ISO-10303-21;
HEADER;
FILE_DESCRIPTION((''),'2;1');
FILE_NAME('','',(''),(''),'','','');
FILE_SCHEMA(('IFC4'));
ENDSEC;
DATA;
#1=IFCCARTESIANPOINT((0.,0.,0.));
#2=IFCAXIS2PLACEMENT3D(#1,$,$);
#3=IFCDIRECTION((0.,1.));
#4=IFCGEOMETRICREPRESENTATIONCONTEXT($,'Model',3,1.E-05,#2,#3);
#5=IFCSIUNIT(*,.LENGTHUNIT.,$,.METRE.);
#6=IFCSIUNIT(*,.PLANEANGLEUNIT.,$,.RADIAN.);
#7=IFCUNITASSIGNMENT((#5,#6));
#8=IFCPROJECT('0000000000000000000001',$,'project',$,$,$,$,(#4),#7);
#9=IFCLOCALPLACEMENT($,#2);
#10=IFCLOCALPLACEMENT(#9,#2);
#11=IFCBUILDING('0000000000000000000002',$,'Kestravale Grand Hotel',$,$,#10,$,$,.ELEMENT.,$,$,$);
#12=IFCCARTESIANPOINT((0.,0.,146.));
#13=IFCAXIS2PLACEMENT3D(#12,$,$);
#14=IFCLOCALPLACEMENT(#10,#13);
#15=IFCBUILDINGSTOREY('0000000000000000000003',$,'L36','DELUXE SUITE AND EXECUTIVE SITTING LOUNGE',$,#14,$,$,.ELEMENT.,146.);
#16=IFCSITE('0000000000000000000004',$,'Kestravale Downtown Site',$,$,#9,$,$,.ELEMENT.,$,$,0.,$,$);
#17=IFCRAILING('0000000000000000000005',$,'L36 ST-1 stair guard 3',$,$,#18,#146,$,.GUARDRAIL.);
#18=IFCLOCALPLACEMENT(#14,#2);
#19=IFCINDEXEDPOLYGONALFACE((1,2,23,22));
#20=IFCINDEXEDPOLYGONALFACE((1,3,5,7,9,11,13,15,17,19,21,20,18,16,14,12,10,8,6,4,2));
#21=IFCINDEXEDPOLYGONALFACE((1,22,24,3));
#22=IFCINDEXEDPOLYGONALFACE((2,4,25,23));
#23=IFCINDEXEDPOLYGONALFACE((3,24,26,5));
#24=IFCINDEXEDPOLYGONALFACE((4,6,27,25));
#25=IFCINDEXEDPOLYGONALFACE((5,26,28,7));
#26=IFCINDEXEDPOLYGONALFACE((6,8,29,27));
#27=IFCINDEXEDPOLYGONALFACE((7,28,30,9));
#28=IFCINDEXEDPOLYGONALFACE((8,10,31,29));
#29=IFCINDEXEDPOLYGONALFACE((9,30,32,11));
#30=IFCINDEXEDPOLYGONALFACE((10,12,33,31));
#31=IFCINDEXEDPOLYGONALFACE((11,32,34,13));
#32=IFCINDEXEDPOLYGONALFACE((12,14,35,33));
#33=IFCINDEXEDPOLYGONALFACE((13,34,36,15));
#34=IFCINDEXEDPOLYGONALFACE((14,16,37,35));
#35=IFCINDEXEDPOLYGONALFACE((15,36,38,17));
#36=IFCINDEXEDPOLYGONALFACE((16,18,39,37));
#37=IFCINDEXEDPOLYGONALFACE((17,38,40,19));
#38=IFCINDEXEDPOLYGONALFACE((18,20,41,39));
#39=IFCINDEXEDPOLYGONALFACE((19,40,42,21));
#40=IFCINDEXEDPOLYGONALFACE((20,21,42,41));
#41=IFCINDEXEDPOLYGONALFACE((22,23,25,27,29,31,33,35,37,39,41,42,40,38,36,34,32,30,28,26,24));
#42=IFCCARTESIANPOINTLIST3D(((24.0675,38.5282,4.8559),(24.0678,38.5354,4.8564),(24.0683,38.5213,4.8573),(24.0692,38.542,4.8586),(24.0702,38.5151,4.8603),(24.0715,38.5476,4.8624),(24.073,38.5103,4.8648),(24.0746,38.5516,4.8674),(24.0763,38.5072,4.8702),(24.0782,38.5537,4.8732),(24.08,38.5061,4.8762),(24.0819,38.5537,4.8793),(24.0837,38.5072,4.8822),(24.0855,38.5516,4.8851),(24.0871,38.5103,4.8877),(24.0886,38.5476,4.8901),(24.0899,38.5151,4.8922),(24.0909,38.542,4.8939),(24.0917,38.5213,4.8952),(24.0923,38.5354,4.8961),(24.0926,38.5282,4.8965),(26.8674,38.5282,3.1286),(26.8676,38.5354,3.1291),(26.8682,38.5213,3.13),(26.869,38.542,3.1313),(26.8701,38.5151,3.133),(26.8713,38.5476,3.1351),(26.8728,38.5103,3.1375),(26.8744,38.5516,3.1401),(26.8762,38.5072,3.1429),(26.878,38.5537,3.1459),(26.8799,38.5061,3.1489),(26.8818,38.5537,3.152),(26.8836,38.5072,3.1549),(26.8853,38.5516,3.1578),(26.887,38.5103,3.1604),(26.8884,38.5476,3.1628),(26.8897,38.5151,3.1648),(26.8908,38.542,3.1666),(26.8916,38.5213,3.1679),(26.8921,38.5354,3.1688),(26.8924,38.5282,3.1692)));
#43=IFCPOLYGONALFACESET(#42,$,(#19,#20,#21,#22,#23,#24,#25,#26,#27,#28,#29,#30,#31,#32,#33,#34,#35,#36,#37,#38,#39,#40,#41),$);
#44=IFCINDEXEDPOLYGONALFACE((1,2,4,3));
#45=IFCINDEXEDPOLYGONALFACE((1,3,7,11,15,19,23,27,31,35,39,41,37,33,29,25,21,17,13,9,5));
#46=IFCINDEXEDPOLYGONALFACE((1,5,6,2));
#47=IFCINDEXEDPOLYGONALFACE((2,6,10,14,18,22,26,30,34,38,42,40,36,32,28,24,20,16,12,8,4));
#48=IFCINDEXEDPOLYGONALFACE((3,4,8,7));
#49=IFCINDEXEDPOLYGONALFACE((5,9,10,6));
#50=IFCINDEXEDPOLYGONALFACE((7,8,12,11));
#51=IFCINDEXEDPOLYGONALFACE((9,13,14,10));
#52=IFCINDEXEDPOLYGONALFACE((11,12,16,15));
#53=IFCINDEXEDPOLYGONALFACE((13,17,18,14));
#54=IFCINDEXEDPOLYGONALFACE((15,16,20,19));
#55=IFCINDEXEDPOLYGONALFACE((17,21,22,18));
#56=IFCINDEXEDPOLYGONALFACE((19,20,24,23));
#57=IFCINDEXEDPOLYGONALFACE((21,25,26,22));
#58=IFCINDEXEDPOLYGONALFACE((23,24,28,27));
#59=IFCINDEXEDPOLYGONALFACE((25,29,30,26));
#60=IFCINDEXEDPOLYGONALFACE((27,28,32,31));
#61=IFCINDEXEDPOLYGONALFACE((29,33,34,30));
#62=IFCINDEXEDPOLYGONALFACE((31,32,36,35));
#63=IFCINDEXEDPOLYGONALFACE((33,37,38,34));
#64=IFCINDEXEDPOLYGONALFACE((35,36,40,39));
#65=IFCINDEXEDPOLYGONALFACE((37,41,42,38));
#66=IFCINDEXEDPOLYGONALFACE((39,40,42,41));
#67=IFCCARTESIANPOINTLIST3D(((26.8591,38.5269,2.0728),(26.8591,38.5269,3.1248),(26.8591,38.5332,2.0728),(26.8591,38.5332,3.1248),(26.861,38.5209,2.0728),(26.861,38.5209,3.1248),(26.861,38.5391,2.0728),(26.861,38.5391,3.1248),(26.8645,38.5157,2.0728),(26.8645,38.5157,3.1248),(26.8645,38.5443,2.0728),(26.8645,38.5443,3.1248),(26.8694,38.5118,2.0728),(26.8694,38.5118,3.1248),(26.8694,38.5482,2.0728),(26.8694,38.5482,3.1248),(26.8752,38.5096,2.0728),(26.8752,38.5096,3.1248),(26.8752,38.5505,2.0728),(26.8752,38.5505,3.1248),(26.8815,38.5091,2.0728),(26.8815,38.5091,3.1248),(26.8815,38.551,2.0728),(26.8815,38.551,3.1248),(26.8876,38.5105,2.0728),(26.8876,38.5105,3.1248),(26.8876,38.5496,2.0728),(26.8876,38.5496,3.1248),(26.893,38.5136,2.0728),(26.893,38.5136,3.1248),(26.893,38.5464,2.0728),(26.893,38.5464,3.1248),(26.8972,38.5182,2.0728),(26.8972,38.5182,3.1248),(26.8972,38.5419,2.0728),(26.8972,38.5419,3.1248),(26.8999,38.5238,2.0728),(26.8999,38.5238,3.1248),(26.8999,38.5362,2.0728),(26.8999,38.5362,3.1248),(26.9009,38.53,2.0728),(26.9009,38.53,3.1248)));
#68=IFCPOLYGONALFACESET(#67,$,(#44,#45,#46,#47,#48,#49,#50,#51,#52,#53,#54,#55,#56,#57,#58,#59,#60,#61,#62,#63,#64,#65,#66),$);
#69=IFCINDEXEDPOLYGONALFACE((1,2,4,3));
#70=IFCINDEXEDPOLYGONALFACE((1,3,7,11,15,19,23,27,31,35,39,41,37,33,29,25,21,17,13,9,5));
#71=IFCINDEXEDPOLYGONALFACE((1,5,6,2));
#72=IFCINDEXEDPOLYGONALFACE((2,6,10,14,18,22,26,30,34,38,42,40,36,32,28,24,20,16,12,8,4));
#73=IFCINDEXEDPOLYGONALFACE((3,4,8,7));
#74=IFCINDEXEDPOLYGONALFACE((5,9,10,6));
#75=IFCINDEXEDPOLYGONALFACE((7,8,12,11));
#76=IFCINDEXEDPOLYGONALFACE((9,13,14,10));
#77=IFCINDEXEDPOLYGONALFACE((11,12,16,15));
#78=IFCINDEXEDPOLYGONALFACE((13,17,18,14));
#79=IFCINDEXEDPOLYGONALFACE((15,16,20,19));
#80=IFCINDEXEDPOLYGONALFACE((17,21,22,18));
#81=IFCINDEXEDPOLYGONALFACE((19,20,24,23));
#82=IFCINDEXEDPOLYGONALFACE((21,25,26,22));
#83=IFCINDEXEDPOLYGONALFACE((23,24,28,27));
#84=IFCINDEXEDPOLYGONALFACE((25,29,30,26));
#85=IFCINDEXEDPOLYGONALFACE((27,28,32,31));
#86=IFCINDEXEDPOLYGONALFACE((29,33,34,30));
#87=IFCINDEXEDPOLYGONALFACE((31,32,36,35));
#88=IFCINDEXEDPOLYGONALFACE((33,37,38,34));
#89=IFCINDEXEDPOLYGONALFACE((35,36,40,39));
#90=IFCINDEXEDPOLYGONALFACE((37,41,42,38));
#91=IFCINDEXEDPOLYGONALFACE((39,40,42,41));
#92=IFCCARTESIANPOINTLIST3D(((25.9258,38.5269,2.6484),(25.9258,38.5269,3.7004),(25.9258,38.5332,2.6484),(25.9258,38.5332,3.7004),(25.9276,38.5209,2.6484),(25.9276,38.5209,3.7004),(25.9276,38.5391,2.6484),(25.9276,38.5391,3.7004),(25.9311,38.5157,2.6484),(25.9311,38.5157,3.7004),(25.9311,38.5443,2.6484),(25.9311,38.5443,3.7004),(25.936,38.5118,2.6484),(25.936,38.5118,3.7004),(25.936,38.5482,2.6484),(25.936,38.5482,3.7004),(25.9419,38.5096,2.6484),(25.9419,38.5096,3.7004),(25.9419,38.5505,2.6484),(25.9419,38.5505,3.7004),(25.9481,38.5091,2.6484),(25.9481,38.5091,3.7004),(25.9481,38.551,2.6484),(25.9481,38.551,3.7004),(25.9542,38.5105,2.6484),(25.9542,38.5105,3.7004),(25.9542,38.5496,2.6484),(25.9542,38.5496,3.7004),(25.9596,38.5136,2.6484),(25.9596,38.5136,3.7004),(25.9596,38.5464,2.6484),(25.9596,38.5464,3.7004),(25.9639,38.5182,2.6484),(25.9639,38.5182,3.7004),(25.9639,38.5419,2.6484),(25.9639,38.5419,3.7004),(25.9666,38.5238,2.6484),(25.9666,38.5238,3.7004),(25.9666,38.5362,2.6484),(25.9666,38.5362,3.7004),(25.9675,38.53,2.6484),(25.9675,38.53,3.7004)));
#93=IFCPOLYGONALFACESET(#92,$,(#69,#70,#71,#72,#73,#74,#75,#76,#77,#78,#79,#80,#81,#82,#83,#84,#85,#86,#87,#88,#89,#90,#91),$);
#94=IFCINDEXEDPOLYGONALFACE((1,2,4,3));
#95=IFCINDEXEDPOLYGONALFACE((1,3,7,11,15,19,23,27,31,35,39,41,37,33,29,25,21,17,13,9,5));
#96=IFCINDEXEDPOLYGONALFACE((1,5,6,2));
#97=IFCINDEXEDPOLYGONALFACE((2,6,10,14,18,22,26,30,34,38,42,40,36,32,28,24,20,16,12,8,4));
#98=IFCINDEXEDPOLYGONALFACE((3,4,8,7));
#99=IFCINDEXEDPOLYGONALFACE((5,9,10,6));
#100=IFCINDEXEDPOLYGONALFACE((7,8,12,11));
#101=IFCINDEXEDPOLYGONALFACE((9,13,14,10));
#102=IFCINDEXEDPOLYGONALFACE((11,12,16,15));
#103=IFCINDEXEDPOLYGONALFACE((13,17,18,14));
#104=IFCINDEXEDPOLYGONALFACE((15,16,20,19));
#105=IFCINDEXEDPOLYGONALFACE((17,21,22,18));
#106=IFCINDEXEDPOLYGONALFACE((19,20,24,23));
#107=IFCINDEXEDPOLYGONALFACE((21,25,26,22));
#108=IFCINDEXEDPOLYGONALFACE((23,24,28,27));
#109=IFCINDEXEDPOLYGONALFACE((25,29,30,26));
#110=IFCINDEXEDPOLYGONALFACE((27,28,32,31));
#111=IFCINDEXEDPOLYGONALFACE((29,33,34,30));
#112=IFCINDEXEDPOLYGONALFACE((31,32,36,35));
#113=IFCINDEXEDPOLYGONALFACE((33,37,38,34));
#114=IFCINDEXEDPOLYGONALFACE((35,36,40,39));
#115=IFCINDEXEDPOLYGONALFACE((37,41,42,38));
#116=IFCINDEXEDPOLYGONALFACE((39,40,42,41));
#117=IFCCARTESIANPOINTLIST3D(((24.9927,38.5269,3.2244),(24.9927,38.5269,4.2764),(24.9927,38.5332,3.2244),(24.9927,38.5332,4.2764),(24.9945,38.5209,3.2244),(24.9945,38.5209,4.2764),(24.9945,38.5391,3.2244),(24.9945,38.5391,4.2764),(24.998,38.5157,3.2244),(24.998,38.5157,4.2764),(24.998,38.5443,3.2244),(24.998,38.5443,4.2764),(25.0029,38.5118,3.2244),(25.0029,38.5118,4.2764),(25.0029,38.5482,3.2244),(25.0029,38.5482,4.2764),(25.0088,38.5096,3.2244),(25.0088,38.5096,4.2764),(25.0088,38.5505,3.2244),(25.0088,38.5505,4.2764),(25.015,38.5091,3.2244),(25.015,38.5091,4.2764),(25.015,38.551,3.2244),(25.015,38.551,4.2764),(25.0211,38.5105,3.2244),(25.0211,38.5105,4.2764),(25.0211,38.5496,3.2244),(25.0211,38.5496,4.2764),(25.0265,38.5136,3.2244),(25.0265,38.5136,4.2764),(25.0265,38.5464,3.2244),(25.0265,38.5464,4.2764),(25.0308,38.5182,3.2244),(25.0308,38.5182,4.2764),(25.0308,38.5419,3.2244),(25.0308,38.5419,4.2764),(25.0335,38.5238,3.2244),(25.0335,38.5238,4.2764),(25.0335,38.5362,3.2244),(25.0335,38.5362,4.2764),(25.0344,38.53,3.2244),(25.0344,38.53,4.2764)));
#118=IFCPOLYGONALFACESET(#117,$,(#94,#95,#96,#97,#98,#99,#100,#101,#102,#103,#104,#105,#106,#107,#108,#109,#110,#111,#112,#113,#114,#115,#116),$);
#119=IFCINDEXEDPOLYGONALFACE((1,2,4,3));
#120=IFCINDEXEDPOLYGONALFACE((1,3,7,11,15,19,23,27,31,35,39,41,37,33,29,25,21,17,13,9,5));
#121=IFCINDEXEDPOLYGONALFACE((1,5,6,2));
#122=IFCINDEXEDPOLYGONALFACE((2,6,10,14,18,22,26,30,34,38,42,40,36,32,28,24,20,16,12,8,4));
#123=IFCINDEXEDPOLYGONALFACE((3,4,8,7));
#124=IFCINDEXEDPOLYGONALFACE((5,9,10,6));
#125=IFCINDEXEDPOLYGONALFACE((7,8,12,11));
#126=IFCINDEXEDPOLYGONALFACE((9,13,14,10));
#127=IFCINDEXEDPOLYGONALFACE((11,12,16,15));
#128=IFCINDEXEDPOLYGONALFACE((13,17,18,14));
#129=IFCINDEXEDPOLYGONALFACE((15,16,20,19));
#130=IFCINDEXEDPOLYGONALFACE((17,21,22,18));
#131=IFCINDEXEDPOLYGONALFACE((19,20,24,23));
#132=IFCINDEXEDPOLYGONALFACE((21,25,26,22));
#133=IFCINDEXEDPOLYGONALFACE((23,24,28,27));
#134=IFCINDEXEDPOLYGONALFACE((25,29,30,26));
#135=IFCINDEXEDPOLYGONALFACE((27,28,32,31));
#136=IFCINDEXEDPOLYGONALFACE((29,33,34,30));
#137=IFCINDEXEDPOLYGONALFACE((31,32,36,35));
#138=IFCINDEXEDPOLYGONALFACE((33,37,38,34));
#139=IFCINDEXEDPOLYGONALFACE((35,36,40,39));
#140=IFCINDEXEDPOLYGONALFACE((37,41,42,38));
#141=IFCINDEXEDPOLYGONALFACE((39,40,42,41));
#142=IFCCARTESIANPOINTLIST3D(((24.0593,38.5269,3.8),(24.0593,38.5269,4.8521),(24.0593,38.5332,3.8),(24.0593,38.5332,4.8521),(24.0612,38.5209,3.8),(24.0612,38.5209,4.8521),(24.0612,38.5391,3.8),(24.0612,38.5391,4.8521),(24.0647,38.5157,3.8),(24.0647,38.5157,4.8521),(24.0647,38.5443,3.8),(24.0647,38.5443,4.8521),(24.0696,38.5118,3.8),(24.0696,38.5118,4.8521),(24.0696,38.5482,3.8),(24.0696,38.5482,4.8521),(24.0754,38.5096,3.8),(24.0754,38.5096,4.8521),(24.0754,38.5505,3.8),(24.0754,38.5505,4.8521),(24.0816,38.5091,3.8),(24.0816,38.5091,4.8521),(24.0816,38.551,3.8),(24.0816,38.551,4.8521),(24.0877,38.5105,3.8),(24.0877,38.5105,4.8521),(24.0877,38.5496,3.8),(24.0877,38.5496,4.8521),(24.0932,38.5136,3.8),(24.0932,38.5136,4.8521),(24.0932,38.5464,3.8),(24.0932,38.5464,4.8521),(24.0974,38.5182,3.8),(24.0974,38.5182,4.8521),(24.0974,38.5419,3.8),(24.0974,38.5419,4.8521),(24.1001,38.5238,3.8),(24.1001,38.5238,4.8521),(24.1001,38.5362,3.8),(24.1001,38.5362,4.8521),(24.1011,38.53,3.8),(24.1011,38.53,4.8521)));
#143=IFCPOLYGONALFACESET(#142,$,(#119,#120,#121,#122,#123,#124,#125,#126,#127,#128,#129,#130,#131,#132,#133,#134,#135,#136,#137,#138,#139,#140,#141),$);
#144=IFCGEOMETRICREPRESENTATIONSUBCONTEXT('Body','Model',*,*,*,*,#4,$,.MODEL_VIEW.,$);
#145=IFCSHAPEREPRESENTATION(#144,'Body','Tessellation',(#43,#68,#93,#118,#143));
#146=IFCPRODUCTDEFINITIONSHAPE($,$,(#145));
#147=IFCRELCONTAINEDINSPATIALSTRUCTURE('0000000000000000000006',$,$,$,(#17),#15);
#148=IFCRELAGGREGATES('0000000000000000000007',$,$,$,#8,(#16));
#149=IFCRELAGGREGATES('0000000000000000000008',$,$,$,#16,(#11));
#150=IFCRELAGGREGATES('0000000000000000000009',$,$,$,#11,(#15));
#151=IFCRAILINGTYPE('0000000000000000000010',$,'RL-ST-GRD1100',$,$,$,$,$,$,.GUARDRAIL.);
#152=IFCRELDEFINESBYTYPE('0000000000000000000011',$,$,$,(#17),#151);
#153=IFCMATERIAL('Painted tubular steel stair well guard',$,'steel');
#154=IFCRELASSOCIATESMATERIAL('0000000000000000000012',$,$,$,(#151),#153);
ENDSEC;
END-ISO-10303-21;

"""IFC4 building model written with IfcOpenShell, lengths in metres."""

from ifc_helpers import new_model, si_unit, direction, frame, origin, origin_2d, place, context, subcontext, project, spatial, circle, extrude, material, type_object, element, save


model = new_model("IFC4")

# Units and contexts
model_context = context("Model", 3, precision=1e-05, world=origin(), true_north=direction((0.0, 1.0)))
body_context = subcontext(model_context, "Body", "Model", "MODEL_VIEW")
ifc_project = project(units=[si_unit("LENGTHUNIT", "METRE"), si_unit("PLANEANGLEUNIT", "RADIAN")], contexts=[model_context])

# Site, building, storey
site_placement = place(None, origin())
site = spatial("IfcSite", under=ifc_project, at=site_placement, Name="Kestravale Downtown Site", CompositionType="ELEMENT", RefElevation=0.0)
building_placement = place(site_placement, origin())
building = spatial("IfcBuilding", under=site, at=building_placement, Name="Kestravale Grand Hotel", CompositionType="ELEMENT")
storey_placement = place(building_placement, frame((0.0, 0.0, 146.0)))
storey = spatial("IfcBuildingStorey", under=building, at=storey_placement, Name="L36", Description="DELUXE SUITE AND EXECUTIVE SITTING LOUNGE", CompositionType="ELEMENT", Elevation=146.0)

# Railing
ifc_material_1 = material(Name="Painted tubular steel stair well guard", Category="steel")
railing_type_1 = type_object("IfcRailingType", Name="RL-ST-GRD1100", PredefinedType="GUARDRAIL", material=ifc_material_1)
railing_1_placement = place(storey_placement, frame((26.8799, 38.53, 2.0728)))
element("IfcRailing", 1, at=railing_1_placement, inside=storey, type_object=railing_type_1, Name="L36 ST-1 stair guard 3", PredefinedType="GUARDRAIL", context=body_context, shape_type="SweptSolid", body=[
    extrude(circle(Radius=0.0239, at=origin_2d()), frame((0.0, 0.0, 1.0762), z_axis=(-0.851069, 0.0, 0.525054), x_axis=(0.0, -1.0, 0.0)), (0.0, 0.0, 1.0), 3.2898),
    extrude(circle(Radius=0.021, at=origin_2d()), origin(), (0.0, 0.0, 1.0), 1.052),
    extrude(circle(Radius=0.021, at=origin_2d()), frame((-0.9333, 0.0, 0.5757)), (0.0, 0.0, 1.0), 1.052),
    extrude(circle(Radius=0.021, at=origin_2d()), frame((-1.8665, 0.0, 1.1516)), (0.0, 0.0, 1.0), 1.052),
    extrude(circle(Radius=0.021, at=origin_2d()), frame((-2.7998, 0.0, 1.7273)), (0.0, 0.0, 1.0), 1.052),
])

save(model, "model.ifc")
